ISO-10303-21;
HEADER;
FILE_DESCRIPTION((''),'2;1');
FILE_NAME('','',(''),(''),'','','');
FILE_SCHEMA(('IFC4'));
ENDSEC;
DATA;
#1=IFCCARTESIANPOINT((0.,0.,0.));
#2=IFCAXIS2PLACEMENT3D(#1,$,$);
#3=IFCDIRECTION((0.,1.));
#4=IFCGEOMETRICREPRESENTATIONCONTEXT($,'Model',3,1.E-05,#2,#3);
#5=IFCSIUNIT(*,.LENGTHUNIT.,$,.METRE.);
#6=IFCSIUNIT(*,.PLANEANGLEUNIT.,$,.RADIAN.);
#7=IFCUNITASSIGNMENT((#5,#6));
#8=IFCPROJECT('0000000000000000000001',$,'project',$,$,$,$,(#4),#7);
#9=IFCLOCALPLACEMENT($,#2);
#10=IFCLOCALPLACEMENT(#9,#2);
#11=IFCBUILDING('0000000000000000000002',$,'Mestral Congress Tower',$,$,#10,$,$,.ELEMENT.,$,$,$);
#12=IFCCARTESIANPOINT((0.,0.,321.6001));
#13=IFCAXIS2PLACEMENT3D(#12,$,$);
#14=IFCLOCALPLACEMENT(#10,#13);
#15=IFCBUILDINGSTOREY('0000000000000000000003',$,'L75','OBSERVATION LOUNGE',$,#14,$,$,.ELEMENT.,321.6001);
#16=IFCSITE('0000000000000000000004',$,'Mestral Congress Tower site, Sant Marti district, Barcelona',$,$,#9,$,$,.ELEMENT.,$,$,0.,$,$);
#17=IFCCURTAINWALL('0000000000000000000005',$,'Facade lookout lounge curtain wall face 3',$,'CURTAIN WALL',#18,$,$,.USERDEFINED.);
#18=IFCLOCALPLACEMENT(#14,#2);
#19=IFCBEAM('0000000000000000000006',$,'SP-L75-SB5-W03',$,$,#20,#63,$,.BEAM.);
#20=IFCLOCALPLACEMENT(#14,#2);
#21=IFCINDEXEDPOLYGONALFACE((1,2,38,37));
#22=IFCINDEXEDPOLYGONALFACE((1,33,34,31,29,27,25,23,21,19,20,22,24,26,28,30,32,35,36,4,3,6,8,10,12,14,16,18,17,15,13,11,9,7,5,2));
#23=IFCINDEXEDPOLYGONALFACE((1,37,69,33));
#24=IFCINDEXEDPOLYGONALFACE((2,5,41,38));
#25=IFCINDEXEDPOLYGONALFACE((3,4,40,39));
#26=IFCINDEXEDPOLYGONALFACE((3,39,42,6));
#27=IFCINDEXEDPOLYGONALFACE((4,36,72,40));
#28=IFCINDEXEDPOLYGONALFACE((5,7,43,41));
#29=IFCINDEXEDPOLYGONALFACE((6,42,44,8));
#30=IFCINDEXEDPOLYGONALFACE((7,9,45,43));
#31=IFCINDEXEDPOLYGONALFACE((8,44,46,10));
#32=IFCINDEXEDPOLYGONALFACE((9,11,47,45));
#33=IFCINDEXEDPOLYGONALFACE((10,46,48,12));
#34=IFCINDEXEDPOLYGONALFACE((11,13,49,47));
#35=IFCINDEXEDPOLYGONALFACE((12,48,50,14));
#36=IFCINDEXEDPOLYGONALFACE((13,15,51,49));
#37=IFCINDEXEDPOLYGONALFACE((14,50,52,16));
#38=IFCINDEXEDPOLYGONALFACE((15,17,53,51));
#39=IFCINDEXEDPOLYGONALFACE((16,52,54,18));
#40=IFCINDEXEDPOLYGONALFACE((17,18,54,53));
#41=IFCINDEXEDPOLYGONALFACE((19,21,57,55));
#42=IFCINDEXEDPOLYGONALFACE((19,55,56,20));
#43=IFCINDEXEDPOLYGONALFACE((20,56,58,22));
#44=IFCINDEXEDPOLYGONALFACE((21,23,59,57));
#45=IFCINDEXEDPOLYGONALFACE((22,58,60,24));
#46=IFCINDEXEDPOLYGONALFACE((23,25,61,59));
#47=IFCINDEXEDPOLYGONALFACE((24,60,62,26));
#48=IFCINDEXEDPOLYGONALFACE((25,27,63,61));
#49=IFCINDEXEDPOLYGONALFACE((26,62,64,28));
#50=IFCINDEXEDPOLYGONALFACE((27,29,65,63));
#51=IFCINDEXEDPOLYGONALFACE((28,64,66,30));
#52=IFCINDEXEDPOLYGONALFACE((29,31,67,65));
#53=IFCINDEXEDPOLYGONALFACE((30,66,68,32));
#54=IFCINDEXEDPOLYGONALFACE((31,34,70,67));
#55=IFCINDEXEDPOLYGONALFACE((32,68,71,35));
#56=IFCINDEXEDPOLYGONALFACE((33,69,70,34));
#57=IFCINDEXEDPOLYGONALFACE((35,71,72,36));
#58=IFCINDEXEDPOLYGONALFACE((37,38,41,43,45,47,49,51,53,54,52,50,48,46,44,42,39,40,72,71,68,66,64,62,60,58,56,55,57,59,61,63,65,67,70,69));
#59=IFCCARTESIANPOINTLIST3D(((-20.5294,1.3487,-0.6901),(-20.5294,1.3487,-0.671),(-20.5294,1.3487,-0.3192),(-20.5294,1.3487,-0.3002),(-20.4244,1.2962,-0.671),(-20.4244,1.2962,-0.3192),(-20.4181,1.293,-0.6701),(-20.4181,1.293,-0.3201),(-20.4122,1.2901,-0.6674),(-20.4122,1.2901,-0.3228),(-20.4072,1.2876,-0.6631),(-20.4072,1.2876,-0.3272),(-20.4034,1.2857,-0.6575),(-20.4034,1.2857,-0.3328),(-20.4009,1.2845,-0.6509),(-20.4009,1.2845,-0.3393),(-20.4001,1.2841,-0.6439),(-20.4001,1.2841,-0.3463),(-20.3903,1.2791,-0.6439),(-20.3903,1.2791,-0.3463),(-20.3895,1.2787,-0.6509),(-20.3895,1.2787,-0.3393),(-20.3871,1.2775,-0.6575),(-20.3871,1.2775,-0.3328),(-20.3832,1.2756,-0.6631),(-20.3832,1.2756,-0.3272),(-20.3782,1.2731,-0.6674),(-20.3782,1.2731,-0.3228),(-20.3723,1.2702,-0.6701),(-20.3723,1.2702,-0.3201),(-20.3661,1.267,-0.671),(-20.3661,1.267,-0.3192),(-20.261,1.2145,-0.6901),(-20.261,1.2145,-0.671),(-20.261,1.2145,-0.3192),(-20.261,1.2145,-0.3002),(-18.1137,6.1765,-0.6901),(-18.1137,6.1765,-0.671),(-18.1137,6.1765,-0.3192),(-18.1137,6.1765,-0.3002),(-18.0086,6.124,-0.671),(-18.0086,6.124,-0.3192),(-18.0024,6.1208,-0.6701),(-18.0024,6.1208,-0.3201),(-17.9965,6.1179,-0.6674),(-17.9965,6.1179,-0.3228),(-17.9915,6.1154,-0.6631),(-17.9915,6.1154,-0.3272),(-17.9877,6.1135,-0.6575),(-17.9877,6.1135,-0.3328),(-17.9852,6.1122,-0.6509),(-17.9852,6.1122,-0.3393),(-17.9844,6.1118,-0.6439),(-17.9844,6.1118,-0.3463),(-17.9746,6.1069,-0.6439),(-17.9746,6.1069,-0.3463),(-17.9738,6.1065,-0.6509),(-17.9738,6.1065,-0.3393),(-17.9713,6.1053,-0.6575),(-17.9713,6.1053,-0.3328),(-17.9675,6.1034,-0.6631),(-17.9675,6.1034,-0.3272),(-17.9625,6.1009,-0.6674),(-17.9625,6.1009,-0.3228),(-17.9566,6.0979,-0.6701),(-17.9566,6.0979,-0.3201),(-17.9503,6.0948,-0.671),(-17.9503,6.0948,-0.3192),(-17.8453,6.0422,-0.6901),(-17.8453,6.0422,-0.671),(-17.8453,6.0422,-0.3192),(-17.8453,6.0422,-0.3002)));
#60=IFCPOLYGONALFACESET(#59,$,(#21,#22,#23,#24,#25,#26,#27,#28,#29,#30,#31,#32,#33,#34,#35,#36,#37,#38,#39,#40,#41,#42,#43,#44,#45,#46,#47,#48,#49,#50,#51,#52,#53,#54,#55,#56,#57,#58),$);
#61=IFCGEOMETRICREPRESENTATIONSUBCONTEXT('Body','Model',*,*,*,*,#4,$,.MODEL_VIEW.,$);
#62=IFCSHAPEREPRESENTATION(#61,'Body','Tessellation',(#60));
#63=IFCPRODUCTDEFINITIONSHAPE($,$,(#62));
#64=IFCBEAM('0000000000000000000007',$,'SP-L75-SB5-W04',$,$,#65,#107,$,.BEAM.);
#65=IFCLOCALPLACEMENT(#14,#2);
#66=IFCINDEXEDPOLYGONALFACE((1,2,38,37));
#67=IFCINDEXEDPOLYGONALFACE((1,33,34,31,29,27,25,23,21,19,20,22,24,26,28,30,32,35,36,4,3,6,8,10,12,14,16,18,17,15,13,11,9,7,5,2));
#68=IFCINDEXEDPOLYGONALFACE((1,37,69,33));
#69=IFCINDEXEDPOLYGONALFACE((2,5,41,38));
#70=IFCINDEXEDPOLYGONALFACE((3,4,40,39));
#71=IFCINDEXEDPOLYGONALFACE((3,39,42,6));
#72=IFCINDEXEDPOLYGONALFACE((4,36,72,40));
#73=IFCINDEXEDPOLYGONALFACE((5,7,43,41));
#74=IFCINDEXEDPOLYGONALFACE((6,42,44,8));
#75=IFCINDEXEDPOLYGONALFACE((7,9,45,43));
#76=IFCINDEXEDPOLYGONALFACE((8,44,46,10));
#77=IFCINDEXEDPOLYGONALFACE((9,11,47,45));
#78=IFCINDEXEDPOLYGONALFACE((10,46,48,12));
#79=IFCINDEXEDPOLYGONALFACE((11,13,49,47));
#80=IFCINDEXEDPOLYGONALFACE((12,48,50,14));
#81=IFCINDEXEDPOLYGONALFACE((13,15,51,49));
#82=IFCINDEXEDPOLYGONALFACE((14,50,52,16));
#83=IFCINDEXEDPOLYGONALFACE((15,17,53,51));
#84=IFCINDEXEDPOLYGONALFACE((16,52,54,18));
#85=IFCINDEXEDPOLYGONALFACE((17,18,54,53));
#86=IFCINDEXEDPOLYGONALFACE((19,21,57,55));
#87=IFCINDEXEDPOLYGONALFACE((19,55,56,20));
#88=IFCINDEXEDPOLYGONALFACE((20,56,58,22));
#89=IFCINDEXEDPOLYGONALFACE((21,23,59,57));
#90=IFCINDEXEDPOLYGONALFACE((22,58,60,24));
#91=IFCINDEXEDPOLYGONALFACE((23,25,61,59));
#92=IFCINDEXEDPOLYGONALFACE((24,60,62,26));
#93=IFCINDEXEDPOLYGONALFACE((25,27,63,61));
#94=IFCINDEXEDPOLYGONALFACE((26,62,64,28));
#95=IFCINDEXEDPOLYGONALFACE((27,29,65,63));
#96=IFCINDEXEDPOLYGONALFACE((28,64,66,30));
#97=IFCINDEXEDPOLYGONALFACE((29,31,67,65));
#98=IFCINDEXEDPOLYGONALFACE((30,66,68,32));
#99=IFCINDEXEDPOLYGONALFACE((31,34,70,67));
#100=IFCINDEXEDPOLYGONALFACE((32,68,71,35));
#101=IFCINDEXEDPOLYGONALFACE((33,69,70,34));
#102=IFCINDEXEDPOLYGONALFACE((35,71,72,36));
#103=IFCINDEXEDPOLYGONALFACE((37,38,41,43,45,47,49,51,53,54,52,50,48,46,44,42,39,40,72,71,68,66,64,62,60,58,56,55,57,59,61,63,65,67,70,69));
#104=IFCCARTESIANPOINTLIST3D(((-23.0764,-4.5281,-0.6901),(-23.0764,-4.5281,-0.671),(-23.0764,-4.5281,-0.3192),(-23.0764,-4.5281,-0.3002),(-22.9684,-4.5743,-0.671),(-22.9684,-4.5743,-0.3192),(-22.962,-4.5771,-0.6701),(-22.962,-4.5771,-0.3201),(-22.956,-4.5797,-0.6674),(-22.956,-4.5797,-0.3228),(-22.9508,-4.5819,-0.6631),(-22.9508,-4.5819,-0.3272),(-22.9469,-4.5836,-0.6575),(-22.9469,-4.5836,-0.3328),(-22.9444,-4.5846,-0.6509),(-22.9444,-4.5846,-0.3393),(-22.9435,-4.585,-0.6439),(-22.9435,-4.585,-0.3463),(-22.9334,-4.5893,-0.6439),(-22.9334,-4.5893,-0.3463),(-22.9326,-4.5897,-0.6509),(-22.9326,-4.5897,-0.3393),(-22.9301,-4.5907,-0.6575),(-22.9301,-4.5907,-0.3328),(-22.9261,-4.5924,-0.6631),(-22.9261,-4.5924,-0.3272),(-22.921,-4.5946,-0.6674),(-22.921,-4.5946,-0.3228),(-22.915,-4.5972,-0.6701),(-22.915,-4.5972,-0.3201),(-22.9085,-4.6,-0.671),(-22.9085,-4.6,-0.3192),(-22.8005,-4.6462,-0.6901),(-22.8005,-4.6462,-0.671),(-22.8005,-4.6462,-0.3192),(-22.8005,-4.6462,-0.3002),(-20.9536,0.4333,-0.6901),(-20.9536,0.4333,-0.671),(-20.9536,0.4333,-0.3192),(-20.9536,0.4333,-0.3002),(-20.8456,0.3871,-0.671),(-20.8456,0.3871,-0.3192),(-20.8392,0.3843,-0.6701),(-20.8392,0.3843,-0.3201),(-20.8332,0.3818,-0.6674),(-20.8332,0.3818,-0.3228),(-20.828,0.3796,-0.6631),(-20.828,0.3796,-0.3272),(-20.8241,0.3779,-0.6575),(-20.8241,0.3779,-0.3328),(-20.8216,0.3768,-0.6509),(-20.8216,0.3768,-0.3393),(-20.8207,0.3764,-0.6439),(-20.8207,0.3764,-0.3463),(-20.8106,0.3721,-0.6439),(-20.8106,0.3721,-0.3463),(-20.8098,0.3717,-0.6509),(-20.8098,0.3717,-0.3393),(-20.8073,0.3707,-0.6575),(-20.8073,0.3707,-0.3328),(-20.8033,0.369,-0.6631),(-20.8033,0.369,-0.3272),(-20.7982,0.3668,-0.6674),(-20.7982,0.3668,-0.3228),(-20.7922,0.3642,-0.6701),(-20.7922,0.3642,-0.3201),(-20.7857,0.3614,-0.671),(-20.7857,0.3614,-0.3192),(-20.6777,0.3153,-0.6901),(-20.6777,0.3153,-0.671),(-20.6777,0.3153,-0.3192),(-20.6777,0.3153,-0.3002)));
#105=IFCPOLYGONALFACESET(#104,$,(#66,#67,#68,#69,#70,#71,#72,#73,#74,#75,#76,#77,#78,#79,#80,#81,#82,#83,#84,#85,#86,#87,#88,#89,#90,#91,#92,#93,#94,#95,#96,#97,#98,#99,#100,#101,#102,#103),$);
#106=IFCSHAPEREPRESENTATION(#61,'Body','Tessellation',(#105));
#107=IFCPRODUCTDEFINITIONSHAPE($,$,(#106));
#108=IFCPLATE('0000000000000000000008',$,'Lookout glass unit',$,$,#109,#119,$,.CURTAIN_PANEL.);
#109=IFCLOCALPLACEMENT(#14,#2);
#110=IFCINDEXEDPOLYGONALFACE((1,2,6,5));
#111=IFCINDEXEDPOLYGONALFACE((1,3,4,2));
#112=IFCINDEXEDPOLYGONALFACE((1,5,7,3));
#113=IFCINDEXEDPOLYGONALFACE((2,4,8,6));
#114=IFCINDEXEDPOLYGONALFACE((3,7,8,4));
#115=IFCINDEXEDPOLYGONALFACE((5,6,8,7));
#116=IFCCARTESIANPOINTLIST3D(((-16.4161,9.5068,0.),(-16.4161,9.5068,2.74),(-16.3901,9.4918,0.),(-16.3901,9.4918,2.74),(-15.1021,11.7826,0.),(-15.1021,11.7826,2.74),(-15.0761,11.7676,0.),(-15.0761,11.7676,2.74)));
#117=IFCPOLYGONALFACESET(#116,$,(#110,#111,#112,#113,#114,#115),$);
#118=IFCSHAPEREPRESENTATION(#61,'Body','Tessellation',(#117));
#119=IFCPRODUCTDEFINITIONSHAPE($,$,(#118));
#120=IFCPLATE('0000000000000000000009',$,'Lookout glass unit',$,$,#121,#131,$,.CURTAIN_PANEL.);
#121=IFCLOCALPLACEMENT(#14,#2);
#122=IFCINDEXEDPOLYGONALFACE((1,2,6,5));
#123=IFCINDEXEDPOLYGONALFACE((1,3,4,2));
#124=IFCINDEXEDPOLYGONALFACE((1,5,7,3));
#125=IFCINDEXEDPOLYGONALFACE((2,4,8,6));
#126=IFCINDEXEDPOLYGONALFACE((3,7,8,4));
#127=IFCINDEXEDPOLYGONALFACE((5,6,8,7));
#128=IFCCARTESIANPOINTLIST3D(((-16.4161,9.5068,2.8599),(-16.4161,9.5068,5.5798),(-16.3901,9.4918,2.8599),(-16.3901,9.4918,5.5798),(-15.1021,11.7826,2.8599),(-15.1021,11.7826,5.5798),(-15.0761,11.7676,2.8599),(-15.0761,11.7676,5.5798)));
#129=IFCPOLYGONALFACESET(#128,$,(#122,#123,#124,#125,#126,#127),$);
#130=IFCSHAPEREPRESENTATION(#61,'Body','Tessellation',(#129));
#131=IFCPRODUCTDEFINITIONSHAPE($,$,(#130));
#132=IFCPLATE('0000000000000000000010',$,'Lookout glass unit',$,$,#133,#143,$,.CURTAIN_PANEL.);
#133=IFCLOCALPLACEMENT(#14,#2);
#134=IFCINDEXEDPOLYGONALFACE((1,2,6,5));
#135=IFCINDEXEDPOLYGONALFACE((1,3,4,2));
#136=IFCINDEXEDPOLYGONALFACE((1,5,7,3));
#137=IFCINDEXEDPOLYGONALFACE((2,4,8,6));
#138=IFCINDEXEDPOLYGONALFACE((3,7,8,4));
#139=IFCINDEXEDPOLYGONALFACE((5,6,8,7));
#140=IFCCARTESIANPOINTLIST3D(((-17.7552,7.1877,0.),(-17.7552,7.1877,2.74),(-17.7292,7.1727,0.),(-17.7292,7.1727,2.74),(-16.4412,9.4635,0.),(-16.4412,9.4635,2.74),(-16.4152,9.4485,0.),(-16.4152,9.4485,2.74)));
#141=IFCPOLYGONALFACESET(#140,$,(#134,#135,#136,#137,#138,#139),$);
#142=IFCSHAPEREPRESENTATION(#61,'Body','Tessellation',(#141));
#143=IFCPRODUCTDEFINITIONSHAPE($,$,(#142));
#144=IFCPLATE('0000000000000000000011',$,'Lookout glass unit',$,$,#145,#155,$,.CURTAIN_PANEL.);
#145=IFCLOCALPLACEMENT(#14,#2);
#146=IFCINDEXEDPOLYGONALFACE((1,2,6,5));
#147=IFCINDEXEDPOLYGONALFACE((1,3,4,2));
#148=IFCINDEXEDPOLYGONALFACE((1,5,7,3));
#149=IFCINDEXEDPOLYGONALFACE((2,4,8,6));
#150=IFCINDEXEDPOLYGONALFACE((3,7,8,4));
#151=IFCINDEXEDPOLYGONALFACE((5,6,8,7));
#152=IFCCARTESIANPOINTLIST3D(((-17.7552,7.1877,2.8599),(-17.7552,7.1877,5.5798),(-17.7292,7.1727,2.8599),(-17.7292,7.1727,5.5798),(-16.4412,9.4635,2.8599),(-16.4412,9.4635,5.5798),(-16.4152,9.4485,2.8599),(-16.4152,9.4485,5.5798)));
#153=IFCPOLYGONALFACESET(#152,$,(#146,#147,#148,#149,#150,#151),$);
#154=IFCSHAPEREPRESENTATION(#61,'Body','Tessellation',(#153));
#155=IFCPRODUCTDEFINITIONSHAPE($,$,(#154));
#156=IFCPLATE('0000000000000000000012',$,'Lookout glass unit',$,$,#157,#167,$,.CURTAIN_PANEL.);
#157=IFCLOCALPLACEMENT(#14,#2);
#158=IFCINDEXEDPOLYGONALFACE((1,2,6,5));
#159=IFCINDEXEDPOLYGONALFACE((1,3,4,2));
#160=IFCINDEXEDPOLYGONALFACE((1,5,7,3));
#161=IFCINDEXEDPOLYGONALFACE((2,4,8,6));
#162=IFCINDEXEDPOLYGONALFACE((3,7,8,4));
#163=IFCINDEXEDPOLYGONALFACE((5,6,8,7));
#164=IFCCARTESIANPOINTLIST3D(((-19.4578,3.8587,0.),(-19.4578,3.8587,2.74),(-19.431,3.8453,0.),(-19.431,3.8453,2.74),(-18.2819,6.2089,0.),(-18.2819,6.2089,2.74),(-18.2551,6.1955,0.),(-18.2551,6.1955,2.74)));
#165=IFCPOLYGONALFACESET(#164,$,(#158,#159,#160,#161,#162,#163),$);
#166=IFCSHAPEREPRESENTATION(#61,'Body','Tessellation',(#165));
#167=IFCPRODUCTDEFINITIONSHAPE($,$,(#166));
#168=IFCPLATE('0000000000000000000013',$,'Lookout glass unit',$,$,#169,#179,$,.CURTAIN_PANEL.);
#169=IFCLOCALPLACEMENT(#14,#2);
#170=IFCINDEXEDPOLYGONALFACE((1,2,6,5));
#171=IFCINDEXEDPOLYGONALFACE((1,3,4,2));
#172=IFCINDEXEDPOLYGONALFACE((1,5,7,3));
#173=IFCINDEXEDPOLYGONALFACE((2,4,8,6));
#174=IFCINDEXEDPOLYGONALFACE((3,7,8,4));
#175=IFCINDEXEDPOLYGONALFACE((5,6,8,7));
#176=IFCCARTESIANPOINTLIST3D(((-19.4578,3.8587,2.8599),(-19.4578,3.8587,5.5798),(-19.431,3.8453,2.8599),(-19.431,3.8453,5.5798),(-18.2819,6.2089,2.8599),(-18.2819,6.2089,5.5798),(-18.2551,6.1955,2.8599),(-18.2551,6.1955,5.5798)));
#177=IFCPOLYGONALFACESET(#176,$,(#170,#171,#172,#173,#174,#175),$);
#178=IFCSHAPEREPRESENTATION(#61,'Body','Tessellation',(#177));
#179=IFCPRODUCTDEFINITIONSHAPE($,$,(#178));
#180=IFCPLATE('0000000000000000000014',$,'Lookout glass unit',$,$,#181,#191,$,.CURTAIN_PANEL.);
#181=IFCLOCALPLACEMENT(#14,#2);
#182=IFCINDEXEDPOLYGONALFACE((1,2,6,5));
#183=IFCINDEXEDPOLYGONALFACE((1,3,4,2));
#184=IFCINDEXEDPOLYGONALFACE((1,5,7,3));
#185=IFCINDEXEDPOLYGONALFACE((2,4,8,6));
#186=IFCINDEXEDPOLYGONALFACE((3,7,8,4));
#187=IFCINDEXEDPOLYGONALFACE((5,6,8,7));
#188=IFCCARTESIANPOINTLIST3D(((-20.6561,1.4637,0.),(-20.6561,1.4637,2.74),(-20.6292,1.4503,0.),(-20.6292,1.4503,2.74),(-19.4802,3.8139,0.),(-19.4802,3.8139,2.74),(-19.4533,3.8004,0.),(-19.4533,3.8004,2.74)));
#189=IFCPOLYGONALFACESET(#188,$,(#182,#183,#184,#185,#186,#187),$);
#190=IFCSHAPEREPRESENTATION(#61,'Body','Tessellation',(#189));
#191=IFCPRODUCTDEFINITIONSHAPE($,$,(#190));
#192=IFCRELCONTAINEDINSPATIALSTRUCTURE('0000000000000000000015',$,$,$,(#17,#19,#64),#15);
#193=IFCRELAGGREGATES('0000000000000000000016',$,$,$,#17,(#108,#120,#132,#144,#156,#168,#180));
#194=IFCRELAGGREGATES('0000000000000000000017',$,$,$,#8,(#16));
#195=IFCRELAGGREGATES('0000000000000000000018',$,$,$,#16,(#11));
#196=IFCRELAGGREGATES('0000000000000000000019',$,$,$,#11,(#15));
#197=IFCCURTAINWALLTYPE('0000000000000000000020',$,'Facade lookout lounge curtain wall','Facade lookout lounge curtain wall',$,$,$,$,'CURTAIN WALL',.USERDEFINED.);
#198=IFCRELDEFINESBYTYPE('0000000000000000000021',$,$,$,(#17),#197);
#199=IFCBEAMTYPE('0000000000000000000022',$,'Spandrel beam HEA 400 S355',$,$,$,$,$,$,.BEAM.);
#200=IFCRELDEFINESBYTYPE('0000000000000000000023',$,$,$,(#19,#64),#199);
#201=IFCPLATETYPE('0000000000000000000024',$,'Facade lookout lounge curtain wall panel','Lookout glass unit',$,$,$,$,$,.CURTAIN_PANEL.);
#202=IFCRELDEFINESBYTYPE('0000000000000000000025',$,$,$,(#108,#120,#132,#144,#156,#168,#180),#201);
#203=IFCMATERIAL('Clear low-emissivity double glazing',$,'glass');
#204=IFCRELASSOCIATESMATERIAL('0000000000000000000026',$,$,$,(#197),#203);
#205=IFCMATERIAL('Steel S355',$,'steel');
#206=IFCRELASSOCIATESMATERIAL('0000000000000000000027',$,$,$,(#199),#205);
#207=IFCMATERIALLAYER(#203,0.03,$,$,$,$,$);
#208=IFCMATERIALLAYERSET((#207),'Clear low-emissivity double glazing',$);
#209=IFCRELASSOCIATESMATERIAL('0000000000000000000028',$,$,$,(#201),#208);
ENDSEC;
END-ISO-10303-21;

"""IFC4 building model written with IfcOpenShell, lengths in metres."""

from ifc_helpers import new_model, si_unit, direction, frame, origin, origin_2d, place, context, subcontext, project, spatial, rectangle, i_section, extrude, material, layer, layer_set, material_profile, profile_set, type_object, element, aggregate, save


model = new_model("IFC4")

# Units and contexts
model_context = context("Model", 3, precision=1e-05, world=origin(), true_north=direction((0.0, 1.0)))
body_context = subcontext(model_context, "Body", "Model", "MODEL_VIEW")
ifc_project = project(units=[si_unit("LENGTHUNIT", "METRE"), si_unit("PLANEANGLEUNIT", "RADIAN")], contexts=[model_context])

# Site, building, storey
site_placement = place(None, origin())
site = spatial("IfcSite", under=ifc_project, at=site_placement, Name="Mestral Congress Tower site, Sant Marti district, Barcelona", CompositionType="ELEMENT", RefElevation=0.0)
building_placement = place(site_placement, origin())
building = spatial("IfcBuilding", under=site, at=building_placement, Name="Mestral Congress Tower", CompositionType="ELEMENT")
storey_placement = place(building_placement, frame((0.0, 0.0, 321.6001)))
storey = spatial("IfcBuildingStorey", under=building, at=storey_placement, Name="L75", Description="OBSERVATION LOUNGE", CompositionType="ELEMENT", Elevation=321.6001)

# Curtain wall
ifc_material_1 = material(Name="Clear low-emissivity double glazing", Category="glass")
curtain_wall_type = type_object("IfcCurtainWallType", Name="Facade lookout lounge curtain wall", Description="Facade lookout lounge curtain wall", ElementType="CURTAIN WALL", PredefinedType="USERDEFINED", material=ifc_material_1)
curtain_wall_placement = place(storey_placement, origin())
curtain_wall = element("IfcCurtainWall", 1, at=curtain_wall_placement, inside=storey, type_object=curtain_wall_type, Name="Facade lookout lounge curtain wall face 3", ObjectType="CURTAIN WALL", PredefinedType="USERDEFINED")

# Beams
ifc_material_2 = material(Name="Steel S355", Category="steel")
ifc_material_profile_1 = material_profile(ifc_material_2, i_section(OverallWidth=0.3, OverallDepth=0.3899, WebThickness=0.011, FlangeThickness=0.019, FilletRadius=0.0271, at=origin_2d()), Name="HEA 400")
ifc_profile_set_1 = profile_set([ifc_material_profile_1], Name="Steel S355")
beam_type_1 = type_object("IfcBeamType", Name="Spandrel beam HEA 400 S355", PredefinedType="BEAM", material=ifc_profile_set_1)
beam_1_placement = place(storey_placement, frame((-17.9795, 6.1094, -0.4951), z_axis=(-0.447485, -0.894291, 0.0), x_axis=(0.894291, -0.447485, 0.0)))
element("IfcBeam", 2, at=beam_1_placement, inside=storey, type_object=beam_type_1, Name="SP-L75-SB5-W03", PredefinedType="BEAM", context=body_context, shape_type="SweptSolid", body=[
    extrude(i_section(OverallWidth=0.3, OverallDepth=0.3899, WebThickness=0.011, FlangeThickness=0.019, FilletRadius=0.0271, at=origin_2d()), origin(), (0.0, 0.0, 1.0), 5.3984),
])
beam_2_placement = place(storey_placement, frame((-20.8157, 0.3743, -0.4951), z_axis=(-0.393368, -0.919381, 0.0), x_axis=(0.919381, -0.393368, 0.0)))
element("IfcBeam", 3, at=beam_2_placement, inside=storey, type_object=beam_type_1, Name="SP-L75-SB5-W04", PredefinedType="BEAM", context=body_context, shape_type="SweptSolid", body=[
    extrude(i_section(OverallWidth=0.3, OverallDepth=0.3899, WebThickness=0.011, FlangeThickness=0.019, FilletRadius=0.0271, at=origin_2d()), origin(), (0.0, 0.0, 1.0), 5.3965),
])

# Plates
ifc_layer = layer(ifc_material_1, 0.03)
ifc_layer_set = layer_set([ifc_layer], Name="Clear low-emissivity double glazing")
plate_type = type_object("IfcPlateType", Name="Facade lookout lounge curtain wall panel", Description="Lookout glass unit", PredefinedType="CURTAIN_PANEL", material=ifc_layer_set)
plate_1_placement = place(storey_placement, frame((-15.7461, 10.6372, 0.0), z_axis=(0.0, 0.0, 1.0), x_axis=(-0.500006, -0.866022, 0.0)))
plate_1 = element("IfcPlate", 4, at=plate_1_placement, type_object=plate_type, Name="Lookout glass unit", PredefinedType="CURTAIN_PANEL", context=body_context, shape_type="SweptSolid", body=[
    extrude(rectangle(XDim=2.6279, YDim=0.03, at=origin_2d()), origin(), (0.0, 0.0, 1.0), 2.74),
])
plate_2_placement = place(storey_placement, frame((-15.7461, 10.6372, 2.8599), z_axis=(0.0, 0.0, 1.0), x_axis=(-0.500006, -0.866022, 0.0)))
plate_2 = element("IfcPlate", 5, at=plate_2_placement, type_object=plate_type, Name="Lookout glass unit", PredefinedType="CURTAIN_PANEL", context=body_context, shape_type="SweptSolid", body=[
    extrude(rectangle(XDim=2.6279, YDim=0.03, at=origin_2d()), origin(), (0.0, 0.0, 1.0), 2.72),
])
plate_3_placement = place(storey_placement, frame((-17.0852, 8.3181, 0.0), z_axis=(0.0, 0.0, 1.0), x_axis=(-0.500006, -0.866022, 0.0)))
plate_3 = element("IfcPlate", 6, at=plate_3_placement, type_object=plate_type, Name="Lookout glass unit", PredefinedType="CURTAIN_PANEL", context=body_context, shape_type="SweptSolid", body=[
    extrude(rectangle(XDim=2.6279, YDim=0.03, at=origin_2d()), origin(), (0.0, 0.0, 1.0), 2.74),
])
plate_4_placement = place(storey_placement, frame((-17.0852, 8.3181, 2.8599), z_axis=(0.0, 0.0, 1.0), x_axis=(-0.500006, -0.866022, 0.0)))
plate_4 = element("IfcPlate", 7, at=plate_4_placement, type_object=plate_type, Name="Lookout glass unit", PredefinedType="CURTAIN_PANEL", context=body_context, shape_type="SweptSolid", body=[
    extrude(rectangle(XDim=2.6279, YDim=0.03, at=origin_2d()), origin(), (0.0, 0.0, 1.0), 2.72),
])
plate_5_placement = place(storey_placement, frame((-18.8564, 5.0271, 0.0), z_axis=(0.0, 0.0, 1.0), x_axis=(-0.447469, -0.8943, 0.0)))
plate_5 = element("IfcPlate", 8, at=plate_5_placement, type_object=plate_type, Name="Lookout glass unit", PredefinedType="CURTAIN_PANEL", context=body_context, shape_type="SweptSolid", body=[
    extrude(rectangle(XDim=2.6279, YDim=0.03, at=origin_2d()), origin(), (0.0, 0.0, 1.0), 2.74),
])
plate_6_placement = place(storey_placement, frame((-18.8564, 5.0271, 2.8599), z_axis=(0.0, 0.0, 1.0), x_axis=(-0.447469, -0.8943, 0.0)))
plate_6 = element("IfcPlate", 9, at=plate_6_placement, type_object=plate_type, Name="Lookout glass unit", PredefinedType="CURTAIN_PANEL", context=body_context, shape_type="SweptSolid", body=[
    extrude(rectangle(XDim=2.6279, YDim=0.03, at=origin_2d()), origin(), (0.0, 0.0, 1.0), 2.72),
])
plate_7_placement = place(storey_placement, frame((-20.0547, 2.6321, 0.0), z_axis=(0.0, 0.0, 1.0), x_axis=(-0.447469, -0.8943, 0.0)))
plate_7 = element("IfcPlate", 10, at=plate_7_placement, type_object=plate_type, Name="Lookout glass unit", PredefinedType="CURTAIN_PANEL", context=body_context, shape_type="SweptSolid", body=[
    extrude(rectangle(XDim=2.6279, YDim=0.03, at=origin_2d()), origin(), (0.0, 0.0, 1.0), 2.74),
])
aggregate(curtain_wall, [plate_1, plate_2, plate_3, plate_4, plate_5, plate_6, plate_7])

save(model, "model.ifc")
